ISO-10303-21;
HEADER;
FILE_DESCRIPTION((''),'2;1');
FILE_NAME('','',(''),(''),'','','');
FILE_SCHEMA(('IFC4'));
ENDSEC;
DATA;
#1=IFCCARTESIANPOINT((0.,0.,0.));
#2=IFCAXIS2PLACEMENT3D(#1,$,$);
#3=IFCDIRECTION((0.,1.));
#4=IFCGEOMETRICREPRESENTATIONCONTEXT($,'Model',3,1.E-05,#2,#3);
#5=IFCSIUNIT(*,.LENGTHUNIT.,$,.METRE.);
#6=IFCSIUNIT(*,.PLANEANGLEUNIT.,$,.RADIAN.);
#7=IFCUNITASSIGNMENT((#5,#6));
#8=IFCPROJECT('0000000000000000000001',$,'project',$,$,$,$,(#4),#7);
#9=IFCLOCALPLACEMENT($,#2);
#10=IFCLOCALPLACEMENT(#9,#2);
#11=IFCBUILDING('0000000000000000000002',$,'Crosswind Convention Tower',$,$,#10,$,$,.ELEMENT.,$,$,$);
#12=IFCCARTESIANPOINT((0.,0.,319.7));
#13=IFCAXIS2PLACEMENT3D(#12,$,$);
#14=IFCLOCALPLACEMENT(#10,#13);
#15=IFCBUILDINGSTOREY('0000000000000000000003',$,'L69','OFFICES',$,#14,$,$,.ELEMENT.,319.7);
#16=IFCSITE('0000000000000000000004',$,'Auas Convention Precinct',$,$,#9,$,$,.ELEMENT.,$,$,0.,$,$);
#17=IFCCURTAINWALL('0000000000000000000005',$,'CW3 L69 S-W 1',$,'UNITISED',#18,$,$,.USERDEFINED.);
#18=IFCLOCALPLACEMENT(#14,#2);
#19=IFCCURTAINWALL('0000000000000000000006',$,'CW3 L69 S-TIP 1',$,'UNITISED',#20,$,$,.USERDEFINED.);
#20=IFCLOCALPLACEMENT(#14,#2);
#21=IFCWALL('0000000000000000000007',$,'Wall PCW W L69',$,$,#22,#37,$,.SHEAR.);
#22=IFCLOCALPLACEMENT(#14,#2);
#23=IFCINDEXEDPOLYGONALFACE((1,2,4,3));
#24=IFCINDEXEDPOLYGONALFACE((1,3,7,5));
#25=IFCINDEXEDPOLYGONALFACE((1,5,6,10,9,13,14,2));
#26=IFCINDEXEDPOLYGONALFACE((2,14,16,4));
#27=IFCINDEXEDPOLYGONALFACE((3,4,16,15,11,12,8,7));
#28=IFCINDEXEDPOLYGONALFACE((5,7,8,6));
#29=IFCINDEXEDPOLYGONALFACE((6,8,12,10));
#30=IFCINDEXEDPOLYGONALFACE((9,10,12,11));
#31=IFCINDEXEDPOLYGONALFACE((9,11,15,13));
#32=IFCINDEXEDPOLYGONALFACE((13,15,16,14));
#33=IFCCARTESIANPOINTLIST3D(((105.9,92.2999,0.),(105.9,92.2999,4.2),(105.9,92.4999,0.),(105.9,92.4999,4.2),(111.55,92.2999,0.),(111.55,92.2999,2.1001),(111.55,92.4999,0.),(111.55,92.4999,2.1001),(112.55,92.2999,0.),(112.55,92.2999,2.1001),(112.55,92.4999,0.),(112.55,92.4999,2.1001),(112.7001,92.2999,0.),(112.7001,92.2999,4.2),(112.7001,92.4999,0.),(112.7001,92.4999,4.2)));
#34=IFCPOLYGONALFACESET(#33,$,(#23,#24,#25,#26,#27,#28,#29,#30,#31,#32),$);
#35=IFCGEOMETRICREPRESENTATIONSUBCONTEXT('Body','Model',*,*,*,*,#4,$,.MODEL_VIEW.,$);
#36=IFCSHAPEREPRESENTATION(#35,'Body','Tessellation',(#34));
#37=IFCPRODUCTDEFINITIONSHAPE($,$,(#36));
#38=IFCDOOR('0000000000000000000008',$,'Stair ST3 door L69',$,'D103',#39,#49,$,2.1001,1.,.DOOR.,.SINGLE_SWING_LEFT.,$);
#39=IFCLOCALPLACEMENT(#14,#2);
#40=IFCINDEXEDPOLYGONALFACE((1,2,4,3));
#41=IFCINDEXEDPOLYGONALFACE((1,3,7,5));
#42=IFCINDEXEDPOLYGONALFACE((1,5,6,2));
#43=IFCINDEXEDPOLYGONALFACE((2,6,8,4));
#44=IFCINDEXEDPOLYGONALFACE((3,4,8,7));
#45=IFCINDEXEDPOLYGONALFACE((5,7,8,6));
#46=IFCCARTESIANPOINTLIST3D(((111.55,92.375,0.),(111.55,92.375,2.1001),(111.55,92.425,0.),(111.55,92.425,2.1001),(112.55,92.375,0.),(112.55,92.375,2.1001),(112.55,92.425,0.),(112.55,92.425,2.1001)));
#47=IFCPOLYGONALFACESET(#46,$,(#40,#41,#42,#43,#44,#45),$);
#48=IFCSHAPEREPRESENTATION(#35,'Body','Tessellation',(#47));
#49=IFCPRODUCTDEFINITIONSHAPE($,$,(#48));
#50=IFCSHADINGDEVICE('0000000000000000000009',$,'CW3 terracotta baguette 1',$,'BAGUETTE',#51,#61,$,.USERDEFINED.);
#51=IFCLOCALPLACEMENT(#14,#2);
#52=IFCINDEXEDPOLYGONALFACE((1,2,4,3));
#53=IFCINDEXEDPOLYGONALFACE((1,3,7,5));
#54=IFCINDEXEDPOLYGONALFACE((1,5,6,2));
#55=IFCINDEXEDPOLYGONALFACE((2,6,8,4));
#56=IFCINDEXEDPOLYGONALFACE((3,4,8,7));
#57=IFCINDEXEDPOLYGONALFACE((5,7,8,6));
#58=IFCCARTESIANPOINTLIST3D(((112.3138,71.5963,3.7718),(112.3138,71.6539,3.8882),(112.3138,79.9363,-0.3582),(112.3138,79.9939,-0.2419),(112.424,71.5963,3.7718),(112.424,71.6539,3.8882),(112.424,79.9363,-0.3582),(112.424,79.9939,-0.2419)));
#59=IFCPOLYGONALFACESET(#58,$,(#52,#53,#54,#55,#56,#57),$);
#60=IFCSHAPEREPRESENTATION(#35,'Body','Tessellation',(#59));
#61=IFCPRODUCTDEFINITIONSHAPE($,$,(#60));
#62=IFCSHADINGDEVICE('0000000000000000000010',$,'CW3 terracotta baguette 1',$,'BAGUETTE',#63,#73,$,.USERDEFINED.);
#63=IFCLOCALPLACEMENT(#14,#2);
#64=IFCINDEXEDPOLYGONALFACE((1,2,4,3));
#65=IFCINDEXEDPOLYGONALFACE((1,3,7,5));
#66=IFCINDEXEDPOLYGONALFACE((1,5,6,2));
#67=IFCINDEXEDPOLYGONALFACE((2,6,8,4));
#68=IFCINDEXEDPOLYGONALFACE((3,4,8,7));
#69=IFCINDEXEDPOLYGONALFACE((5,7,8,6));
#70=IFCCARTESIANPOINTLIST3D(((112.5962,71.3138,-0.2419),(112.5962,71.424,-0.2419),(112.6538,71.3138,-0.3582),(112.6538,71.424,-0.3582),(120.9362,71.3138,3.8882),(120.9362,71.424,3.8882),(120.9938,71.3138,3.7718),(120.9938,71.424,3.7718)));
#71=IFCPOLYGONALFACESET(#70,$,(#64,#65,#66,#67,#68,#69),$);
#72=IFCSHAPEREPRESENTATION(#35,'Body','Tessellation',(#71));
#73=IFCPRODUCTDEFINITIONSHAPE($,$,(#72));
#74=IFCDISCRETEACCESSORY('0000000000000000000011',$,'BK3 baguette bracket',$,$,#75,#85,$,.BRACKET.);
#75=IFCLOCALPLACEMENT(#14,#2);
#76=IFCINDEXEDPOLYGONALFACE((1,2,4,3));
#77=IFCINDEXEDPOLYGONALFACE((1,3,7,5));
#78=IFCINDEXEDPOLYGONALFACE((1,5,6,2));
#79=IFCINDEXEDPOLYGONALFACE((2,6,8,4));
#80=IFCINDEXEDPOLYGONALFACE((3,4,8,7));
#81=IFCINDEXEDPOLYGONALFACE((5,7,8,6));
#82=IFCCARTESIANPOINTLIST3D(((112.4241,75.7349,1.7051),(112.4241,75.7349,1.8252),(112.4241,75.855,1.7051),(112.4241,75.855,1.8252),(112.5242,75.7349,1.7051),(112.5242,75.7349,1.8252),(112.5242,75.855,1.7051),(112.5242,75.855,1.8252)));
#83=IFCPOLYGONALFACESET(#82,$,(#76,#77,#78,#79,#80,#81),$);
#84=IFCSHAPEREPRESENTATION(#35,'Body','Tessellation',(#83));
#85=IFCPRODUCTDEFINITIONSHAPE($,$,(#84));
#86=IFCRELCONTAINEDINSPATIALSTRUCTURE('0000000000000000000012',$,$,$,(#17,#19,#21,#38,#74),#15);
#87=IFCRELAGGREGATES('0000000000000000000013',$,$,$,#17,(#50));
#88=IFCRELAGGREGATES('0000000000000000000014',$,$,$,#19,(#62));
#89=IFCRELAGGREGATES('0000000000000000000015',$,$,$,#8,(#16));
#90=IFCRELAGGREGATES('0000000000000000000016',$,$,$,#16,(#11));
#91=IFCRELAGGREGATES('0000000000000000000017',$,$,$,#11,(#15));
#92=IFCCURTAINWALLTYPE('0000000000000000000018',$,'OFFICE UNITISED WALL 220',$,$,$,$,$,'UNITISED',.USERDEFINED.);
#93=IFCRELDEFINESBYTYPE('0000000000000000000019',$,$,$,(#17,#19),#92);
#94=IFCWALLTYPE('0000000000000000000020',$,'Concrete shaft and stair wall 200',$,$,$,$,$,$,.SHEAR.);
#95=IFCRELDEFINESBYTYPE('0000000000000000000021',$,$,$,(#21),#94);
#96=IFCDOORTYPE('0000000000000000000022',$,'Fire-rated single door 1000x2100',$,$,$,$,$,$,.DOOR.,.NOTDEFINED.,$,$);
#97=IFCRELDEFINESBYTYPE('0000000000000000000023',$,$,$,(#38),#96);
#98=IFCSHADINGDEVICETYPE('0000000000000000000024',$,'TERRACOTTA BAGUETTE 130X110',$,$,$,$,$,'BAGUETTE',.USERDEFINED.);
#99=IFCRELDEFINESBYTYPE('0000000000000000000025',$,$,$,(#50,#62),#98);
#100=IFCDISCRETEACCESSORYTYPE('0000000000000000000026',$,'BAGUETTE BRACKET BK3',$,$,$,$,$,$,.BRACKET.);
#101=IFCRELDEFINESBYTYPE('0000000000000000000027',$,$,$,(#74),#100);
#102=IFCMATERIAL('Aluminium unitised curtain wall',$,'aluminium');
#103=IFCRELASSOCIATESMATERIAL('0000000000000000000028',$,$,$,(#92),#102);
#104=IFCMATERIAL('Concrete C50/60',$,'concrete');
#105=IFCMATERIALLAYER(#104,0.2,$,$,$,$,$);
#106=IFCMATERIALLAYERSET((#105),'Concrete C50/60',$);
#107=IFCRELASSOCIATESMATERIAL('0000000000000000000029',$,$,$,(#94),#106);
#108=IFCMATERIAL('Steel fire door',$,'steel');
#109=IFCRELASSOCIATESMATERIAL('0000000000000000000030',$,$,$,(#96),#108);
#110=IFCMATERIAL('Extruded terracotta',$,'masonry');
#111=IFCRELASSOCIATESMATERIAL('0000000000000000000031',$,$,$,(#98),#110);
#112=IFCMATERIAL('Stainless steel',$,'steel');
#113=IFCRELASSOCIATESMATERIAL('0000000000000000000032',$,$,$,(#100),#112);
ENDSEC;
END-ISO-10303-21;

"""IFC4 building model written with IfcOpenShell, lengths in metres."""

from ifc_helpers import new_model, si_unit, direction, frame, frame_2d, origin, origin_2d, place, context, subcontext, project, spatial, rectangle, extrude, material, layer, layer_set, material_profile, profile_set, type_object, element, fill, aggregate, save


model = new_model("IFC4")

# Units and contexts
model_context = context("Model", 3, precision=1e-05, world=origin(), true_north=direction((0.0, 1.0)))
body_context = subcontext(model_context, "Body", "Model", "MODEL_VIEW")
ifc_project = project(units=[si_unit("LENGTHUNIT", "METRE"), si_unit("PLANEANGLEUNIT", "RADIAN")], contexts=[model_context])

# Site, building, storey
site_placement = place(None, origin())
site = spatial("IfcSite", under=ifc_project, at=site_placement, Name="Auas Convention Precinct", CompositionType="ELEMENT", RefElevation=0.0)
building_placement = place(site_placement, origin())
building = spatial("IfcBuilding", under=site, at=building_placement, Name="Crosswind Convention Tower", CompositionType="ELEMENT")
storey_placement = place(building_placement, frame((0.0, 0.0, 319.7)))
storey = spatial("IfcBuildingStorey", under=building, at=storey_placement, Name="L69", Description="OFFICES", CompositionType="ELEMENT", Elevation=319.7)

# Curtain wall
ifc_material_1 = material(Name="Aluminium unitised curtain wall", Category="aluminium")
curtain_wall_type_1 = type_object("IfcCurtainWallType", Name="OFFICE UNITISED WALL 220", ElementType="UNITISED", PredefinedType="USERDEFINED", material=ifc_material_1)
curtain_wall_1_placement = place(storey_placement, origin())
curtain_wall_1 = element("IfcCurtainWall", 1, at=curtain_wall_1_placement, inside=storey, type_object=curtain_wall_type_1, Name="CW3 L69 S-W 1", ObjectType="UNITISED", PredefinedType="USERDEFINED")

# Curtain wall
curtain_wall_2_placement = place(storey_placement, origin())
curtain_wall_2 = element("IfcCurtainWall", 2, at=curtain_wall_2_placement, inside=storey, type_object=curtain_wall_type_1, Name="CW3 L69 S-TIP 1", ObjectType="UNITISED", PredefinedType="USERDEFINED")

# Wall, opening, door
ifc_material_2 = material(Name="Concrete C50/60", Category="concrete")
ifc_layer_1 = layer(ifc_material_2, 0.2)
ifc_layer_set_1 = layer_set([ifc_layer_1], Name="Concrete C50/60")
wall_type = type_object("IfcWallType", Name="Concrete shaft and stair wall 200", PredefinedType="SHEAR", material=ifc_layer_set_1)
ifc_material_3 = material(Name="Steel fire door", Category="steel")
wall_1_placement = place(storey_placement, frame((112.7, 92.3999, 0.0), z_axis=(0.0, 0.0, 1.0), x_axis=(-1.0, 0.0, 0.0)))
wall_1 = element("IfcWall", 3, at=wall_1_placement, inside=storey, type_object=wall_type, Name="Wall PCW W L69", PredefinedType="SHEAR", context=body_context, shape_type="SweptSolid", body=[
    extrude(rectangle(XDim=6.8, YDim=0.2, at=frame_2d((3.3999, 0.0))), origin(), (0.0, 0.0, 1.0), 4.2),
])
opening_1_placement = place(wall_1_placement, frame((0.1499, 0.0, 0.0)))
opening_1 = element("IfcOpeningElement", 4, at=opening_1_placement, cuts=wall_1, PredefinedType="OPENING", context=body_context, shape_type="SweptSolid", body=[
    extrude(rectangle(XDim=1.0, YDim=2.1001, at=frame_2d((0.5, 1.05))), frame((0.0, 0.1099, 0.0), z_axis=(0.0, -1.0, 0.0), x_axis=(1.0, 0.0, 0.0)), (0.0, 0.0, 1.0), 0.22),
])
door_type_1 = type_object("IfcDoorType", Name="Fire-rated single door 1000x2100", OperationType="NOTDEFINED", PredefinedType="DOOR", material=ifc_material_3)
door_1_placement = place(opening_1_placement, origin())
door_1 = element("IfcDoor", 5, at=door_1_placement, inside=storey, type_object=door_type_1, Name="Stair ST3 door L69", ObjectType="D103", OperationType="SINGLE_SWING_LEFT", OverallHeight=2.1001, OverallWidth=1.0, PredefinedType="DOOR", context=body_context, shape_type="SweptSolid", body=[
    extrude(rectangle(XDim=1.0, YDim=2.1001, at=frame_2d((0.5, 1.05))), frame((0.0, 0.0249, 0.0), z_axis=(0.0, -1.0, 0.0), x_axis=(1.0, 0.0, 0.0)), (0.0, 0.0, 1.0), 0.05),
])
fill(opening_1, door_1)

# Shading devices
ifc_material_4 = material(Name="Extruded terracotta", Category="masonry")
ifc_material_profile_1 = material_profile(ifc_material_4, rectangle(XDim=0.1101, YDim=0.1299, at=origin_2d()), Name="TC 110X130")
ifc_profile_set_1 = profile_set([ifc_material_profile_1], Name="Extruded terracotta")
shading_device_type = type_object("IfcShadingDeviceType", Name="TERRACOTTA BAGUETTE 130X110", ElementType="BAGUETTE", PredefinedType="USERDEFINED", material=ifc_profile_set_1)
shading_device_1_placement = place(storey_placement, frame((112.3689, 79.9651, -0.3), z_axis=(0.0, -0.896136, 0.443779), x_axis=(1.0, 0.0, 0.0)))
shading_device_1 = element("IfcShadingDevice", 6, at=shading_device_1_placement, type_object=shading_device_type, Name="CW3 terracotta baguette 1", ObjectType="BAGUETTE", PredefinedType="USERDEFINED", context=body_context, shape_type="SweptSolid", body=[
    extrude(rectangle(XDim=0.1101, YDim=0.1299, at=origin_2d()), origin(), (0.0, 0.0, 1.0), 9.3066),
])
aggregate(curtain_wall_1, [shading_device_1])
shading_device_2_placement = place(storey_placement, frame((112.625, 71.3689, -0.3), z_axis=(0.896136, 0.0, 0.443779), x_axis=(0.0, 1.0, 0.0)))
shading_device_2 = element("IfcShadingDevice", 7, at=shading_device_2_placement, type_object=shading_device_type, Name="CW3 terracotta baguette 1", ObjectType="BAGUETTE", PredefinedType="USERDEFINED", context=body_context, shape_type="SweptSolid", body=[
    extrude(rectangle(XDim=0.1101, YDim=0.1299, at=origin_2d()), origin(), (0.0, 0.0, 1.0), 9.3066),
])
aggregate(curtain_wall_2, [shading_device_2])

# Discrete accessory
ifc_material_5 = material(Name="Stainless steel", Category="steel")
discrete_accessory_type = type_object("IfcDiscreteAccessoryType", Name="BAGUETTE BRACKET BK3", PredefinedType="BRACKET", material=ifc_material_5)
discrete_accessory_placement = place(storey_placement, frame((112.4741, 75.7949, 1.7051), z_axis=(0.0, 0.0, 1.0), x_axis=(0.0, -1.0, 0.0)))
element("IfcDiscreteAccessory", 8, at=discrete_accessory_placement, inside=storey, type_object=discrete_accessory_type, Name="BK3 baguette bracket", PredefinedType="BRACKET", context=body_context, shape_type="SweptSolid", body=[
    extrude(rectangle(XDim=0.1201, YDim=0.1001, at=origin_2d()), origin(), (0.0, 0.0, 1.0), 0.1201),
])

save(model, "model.ifc")
